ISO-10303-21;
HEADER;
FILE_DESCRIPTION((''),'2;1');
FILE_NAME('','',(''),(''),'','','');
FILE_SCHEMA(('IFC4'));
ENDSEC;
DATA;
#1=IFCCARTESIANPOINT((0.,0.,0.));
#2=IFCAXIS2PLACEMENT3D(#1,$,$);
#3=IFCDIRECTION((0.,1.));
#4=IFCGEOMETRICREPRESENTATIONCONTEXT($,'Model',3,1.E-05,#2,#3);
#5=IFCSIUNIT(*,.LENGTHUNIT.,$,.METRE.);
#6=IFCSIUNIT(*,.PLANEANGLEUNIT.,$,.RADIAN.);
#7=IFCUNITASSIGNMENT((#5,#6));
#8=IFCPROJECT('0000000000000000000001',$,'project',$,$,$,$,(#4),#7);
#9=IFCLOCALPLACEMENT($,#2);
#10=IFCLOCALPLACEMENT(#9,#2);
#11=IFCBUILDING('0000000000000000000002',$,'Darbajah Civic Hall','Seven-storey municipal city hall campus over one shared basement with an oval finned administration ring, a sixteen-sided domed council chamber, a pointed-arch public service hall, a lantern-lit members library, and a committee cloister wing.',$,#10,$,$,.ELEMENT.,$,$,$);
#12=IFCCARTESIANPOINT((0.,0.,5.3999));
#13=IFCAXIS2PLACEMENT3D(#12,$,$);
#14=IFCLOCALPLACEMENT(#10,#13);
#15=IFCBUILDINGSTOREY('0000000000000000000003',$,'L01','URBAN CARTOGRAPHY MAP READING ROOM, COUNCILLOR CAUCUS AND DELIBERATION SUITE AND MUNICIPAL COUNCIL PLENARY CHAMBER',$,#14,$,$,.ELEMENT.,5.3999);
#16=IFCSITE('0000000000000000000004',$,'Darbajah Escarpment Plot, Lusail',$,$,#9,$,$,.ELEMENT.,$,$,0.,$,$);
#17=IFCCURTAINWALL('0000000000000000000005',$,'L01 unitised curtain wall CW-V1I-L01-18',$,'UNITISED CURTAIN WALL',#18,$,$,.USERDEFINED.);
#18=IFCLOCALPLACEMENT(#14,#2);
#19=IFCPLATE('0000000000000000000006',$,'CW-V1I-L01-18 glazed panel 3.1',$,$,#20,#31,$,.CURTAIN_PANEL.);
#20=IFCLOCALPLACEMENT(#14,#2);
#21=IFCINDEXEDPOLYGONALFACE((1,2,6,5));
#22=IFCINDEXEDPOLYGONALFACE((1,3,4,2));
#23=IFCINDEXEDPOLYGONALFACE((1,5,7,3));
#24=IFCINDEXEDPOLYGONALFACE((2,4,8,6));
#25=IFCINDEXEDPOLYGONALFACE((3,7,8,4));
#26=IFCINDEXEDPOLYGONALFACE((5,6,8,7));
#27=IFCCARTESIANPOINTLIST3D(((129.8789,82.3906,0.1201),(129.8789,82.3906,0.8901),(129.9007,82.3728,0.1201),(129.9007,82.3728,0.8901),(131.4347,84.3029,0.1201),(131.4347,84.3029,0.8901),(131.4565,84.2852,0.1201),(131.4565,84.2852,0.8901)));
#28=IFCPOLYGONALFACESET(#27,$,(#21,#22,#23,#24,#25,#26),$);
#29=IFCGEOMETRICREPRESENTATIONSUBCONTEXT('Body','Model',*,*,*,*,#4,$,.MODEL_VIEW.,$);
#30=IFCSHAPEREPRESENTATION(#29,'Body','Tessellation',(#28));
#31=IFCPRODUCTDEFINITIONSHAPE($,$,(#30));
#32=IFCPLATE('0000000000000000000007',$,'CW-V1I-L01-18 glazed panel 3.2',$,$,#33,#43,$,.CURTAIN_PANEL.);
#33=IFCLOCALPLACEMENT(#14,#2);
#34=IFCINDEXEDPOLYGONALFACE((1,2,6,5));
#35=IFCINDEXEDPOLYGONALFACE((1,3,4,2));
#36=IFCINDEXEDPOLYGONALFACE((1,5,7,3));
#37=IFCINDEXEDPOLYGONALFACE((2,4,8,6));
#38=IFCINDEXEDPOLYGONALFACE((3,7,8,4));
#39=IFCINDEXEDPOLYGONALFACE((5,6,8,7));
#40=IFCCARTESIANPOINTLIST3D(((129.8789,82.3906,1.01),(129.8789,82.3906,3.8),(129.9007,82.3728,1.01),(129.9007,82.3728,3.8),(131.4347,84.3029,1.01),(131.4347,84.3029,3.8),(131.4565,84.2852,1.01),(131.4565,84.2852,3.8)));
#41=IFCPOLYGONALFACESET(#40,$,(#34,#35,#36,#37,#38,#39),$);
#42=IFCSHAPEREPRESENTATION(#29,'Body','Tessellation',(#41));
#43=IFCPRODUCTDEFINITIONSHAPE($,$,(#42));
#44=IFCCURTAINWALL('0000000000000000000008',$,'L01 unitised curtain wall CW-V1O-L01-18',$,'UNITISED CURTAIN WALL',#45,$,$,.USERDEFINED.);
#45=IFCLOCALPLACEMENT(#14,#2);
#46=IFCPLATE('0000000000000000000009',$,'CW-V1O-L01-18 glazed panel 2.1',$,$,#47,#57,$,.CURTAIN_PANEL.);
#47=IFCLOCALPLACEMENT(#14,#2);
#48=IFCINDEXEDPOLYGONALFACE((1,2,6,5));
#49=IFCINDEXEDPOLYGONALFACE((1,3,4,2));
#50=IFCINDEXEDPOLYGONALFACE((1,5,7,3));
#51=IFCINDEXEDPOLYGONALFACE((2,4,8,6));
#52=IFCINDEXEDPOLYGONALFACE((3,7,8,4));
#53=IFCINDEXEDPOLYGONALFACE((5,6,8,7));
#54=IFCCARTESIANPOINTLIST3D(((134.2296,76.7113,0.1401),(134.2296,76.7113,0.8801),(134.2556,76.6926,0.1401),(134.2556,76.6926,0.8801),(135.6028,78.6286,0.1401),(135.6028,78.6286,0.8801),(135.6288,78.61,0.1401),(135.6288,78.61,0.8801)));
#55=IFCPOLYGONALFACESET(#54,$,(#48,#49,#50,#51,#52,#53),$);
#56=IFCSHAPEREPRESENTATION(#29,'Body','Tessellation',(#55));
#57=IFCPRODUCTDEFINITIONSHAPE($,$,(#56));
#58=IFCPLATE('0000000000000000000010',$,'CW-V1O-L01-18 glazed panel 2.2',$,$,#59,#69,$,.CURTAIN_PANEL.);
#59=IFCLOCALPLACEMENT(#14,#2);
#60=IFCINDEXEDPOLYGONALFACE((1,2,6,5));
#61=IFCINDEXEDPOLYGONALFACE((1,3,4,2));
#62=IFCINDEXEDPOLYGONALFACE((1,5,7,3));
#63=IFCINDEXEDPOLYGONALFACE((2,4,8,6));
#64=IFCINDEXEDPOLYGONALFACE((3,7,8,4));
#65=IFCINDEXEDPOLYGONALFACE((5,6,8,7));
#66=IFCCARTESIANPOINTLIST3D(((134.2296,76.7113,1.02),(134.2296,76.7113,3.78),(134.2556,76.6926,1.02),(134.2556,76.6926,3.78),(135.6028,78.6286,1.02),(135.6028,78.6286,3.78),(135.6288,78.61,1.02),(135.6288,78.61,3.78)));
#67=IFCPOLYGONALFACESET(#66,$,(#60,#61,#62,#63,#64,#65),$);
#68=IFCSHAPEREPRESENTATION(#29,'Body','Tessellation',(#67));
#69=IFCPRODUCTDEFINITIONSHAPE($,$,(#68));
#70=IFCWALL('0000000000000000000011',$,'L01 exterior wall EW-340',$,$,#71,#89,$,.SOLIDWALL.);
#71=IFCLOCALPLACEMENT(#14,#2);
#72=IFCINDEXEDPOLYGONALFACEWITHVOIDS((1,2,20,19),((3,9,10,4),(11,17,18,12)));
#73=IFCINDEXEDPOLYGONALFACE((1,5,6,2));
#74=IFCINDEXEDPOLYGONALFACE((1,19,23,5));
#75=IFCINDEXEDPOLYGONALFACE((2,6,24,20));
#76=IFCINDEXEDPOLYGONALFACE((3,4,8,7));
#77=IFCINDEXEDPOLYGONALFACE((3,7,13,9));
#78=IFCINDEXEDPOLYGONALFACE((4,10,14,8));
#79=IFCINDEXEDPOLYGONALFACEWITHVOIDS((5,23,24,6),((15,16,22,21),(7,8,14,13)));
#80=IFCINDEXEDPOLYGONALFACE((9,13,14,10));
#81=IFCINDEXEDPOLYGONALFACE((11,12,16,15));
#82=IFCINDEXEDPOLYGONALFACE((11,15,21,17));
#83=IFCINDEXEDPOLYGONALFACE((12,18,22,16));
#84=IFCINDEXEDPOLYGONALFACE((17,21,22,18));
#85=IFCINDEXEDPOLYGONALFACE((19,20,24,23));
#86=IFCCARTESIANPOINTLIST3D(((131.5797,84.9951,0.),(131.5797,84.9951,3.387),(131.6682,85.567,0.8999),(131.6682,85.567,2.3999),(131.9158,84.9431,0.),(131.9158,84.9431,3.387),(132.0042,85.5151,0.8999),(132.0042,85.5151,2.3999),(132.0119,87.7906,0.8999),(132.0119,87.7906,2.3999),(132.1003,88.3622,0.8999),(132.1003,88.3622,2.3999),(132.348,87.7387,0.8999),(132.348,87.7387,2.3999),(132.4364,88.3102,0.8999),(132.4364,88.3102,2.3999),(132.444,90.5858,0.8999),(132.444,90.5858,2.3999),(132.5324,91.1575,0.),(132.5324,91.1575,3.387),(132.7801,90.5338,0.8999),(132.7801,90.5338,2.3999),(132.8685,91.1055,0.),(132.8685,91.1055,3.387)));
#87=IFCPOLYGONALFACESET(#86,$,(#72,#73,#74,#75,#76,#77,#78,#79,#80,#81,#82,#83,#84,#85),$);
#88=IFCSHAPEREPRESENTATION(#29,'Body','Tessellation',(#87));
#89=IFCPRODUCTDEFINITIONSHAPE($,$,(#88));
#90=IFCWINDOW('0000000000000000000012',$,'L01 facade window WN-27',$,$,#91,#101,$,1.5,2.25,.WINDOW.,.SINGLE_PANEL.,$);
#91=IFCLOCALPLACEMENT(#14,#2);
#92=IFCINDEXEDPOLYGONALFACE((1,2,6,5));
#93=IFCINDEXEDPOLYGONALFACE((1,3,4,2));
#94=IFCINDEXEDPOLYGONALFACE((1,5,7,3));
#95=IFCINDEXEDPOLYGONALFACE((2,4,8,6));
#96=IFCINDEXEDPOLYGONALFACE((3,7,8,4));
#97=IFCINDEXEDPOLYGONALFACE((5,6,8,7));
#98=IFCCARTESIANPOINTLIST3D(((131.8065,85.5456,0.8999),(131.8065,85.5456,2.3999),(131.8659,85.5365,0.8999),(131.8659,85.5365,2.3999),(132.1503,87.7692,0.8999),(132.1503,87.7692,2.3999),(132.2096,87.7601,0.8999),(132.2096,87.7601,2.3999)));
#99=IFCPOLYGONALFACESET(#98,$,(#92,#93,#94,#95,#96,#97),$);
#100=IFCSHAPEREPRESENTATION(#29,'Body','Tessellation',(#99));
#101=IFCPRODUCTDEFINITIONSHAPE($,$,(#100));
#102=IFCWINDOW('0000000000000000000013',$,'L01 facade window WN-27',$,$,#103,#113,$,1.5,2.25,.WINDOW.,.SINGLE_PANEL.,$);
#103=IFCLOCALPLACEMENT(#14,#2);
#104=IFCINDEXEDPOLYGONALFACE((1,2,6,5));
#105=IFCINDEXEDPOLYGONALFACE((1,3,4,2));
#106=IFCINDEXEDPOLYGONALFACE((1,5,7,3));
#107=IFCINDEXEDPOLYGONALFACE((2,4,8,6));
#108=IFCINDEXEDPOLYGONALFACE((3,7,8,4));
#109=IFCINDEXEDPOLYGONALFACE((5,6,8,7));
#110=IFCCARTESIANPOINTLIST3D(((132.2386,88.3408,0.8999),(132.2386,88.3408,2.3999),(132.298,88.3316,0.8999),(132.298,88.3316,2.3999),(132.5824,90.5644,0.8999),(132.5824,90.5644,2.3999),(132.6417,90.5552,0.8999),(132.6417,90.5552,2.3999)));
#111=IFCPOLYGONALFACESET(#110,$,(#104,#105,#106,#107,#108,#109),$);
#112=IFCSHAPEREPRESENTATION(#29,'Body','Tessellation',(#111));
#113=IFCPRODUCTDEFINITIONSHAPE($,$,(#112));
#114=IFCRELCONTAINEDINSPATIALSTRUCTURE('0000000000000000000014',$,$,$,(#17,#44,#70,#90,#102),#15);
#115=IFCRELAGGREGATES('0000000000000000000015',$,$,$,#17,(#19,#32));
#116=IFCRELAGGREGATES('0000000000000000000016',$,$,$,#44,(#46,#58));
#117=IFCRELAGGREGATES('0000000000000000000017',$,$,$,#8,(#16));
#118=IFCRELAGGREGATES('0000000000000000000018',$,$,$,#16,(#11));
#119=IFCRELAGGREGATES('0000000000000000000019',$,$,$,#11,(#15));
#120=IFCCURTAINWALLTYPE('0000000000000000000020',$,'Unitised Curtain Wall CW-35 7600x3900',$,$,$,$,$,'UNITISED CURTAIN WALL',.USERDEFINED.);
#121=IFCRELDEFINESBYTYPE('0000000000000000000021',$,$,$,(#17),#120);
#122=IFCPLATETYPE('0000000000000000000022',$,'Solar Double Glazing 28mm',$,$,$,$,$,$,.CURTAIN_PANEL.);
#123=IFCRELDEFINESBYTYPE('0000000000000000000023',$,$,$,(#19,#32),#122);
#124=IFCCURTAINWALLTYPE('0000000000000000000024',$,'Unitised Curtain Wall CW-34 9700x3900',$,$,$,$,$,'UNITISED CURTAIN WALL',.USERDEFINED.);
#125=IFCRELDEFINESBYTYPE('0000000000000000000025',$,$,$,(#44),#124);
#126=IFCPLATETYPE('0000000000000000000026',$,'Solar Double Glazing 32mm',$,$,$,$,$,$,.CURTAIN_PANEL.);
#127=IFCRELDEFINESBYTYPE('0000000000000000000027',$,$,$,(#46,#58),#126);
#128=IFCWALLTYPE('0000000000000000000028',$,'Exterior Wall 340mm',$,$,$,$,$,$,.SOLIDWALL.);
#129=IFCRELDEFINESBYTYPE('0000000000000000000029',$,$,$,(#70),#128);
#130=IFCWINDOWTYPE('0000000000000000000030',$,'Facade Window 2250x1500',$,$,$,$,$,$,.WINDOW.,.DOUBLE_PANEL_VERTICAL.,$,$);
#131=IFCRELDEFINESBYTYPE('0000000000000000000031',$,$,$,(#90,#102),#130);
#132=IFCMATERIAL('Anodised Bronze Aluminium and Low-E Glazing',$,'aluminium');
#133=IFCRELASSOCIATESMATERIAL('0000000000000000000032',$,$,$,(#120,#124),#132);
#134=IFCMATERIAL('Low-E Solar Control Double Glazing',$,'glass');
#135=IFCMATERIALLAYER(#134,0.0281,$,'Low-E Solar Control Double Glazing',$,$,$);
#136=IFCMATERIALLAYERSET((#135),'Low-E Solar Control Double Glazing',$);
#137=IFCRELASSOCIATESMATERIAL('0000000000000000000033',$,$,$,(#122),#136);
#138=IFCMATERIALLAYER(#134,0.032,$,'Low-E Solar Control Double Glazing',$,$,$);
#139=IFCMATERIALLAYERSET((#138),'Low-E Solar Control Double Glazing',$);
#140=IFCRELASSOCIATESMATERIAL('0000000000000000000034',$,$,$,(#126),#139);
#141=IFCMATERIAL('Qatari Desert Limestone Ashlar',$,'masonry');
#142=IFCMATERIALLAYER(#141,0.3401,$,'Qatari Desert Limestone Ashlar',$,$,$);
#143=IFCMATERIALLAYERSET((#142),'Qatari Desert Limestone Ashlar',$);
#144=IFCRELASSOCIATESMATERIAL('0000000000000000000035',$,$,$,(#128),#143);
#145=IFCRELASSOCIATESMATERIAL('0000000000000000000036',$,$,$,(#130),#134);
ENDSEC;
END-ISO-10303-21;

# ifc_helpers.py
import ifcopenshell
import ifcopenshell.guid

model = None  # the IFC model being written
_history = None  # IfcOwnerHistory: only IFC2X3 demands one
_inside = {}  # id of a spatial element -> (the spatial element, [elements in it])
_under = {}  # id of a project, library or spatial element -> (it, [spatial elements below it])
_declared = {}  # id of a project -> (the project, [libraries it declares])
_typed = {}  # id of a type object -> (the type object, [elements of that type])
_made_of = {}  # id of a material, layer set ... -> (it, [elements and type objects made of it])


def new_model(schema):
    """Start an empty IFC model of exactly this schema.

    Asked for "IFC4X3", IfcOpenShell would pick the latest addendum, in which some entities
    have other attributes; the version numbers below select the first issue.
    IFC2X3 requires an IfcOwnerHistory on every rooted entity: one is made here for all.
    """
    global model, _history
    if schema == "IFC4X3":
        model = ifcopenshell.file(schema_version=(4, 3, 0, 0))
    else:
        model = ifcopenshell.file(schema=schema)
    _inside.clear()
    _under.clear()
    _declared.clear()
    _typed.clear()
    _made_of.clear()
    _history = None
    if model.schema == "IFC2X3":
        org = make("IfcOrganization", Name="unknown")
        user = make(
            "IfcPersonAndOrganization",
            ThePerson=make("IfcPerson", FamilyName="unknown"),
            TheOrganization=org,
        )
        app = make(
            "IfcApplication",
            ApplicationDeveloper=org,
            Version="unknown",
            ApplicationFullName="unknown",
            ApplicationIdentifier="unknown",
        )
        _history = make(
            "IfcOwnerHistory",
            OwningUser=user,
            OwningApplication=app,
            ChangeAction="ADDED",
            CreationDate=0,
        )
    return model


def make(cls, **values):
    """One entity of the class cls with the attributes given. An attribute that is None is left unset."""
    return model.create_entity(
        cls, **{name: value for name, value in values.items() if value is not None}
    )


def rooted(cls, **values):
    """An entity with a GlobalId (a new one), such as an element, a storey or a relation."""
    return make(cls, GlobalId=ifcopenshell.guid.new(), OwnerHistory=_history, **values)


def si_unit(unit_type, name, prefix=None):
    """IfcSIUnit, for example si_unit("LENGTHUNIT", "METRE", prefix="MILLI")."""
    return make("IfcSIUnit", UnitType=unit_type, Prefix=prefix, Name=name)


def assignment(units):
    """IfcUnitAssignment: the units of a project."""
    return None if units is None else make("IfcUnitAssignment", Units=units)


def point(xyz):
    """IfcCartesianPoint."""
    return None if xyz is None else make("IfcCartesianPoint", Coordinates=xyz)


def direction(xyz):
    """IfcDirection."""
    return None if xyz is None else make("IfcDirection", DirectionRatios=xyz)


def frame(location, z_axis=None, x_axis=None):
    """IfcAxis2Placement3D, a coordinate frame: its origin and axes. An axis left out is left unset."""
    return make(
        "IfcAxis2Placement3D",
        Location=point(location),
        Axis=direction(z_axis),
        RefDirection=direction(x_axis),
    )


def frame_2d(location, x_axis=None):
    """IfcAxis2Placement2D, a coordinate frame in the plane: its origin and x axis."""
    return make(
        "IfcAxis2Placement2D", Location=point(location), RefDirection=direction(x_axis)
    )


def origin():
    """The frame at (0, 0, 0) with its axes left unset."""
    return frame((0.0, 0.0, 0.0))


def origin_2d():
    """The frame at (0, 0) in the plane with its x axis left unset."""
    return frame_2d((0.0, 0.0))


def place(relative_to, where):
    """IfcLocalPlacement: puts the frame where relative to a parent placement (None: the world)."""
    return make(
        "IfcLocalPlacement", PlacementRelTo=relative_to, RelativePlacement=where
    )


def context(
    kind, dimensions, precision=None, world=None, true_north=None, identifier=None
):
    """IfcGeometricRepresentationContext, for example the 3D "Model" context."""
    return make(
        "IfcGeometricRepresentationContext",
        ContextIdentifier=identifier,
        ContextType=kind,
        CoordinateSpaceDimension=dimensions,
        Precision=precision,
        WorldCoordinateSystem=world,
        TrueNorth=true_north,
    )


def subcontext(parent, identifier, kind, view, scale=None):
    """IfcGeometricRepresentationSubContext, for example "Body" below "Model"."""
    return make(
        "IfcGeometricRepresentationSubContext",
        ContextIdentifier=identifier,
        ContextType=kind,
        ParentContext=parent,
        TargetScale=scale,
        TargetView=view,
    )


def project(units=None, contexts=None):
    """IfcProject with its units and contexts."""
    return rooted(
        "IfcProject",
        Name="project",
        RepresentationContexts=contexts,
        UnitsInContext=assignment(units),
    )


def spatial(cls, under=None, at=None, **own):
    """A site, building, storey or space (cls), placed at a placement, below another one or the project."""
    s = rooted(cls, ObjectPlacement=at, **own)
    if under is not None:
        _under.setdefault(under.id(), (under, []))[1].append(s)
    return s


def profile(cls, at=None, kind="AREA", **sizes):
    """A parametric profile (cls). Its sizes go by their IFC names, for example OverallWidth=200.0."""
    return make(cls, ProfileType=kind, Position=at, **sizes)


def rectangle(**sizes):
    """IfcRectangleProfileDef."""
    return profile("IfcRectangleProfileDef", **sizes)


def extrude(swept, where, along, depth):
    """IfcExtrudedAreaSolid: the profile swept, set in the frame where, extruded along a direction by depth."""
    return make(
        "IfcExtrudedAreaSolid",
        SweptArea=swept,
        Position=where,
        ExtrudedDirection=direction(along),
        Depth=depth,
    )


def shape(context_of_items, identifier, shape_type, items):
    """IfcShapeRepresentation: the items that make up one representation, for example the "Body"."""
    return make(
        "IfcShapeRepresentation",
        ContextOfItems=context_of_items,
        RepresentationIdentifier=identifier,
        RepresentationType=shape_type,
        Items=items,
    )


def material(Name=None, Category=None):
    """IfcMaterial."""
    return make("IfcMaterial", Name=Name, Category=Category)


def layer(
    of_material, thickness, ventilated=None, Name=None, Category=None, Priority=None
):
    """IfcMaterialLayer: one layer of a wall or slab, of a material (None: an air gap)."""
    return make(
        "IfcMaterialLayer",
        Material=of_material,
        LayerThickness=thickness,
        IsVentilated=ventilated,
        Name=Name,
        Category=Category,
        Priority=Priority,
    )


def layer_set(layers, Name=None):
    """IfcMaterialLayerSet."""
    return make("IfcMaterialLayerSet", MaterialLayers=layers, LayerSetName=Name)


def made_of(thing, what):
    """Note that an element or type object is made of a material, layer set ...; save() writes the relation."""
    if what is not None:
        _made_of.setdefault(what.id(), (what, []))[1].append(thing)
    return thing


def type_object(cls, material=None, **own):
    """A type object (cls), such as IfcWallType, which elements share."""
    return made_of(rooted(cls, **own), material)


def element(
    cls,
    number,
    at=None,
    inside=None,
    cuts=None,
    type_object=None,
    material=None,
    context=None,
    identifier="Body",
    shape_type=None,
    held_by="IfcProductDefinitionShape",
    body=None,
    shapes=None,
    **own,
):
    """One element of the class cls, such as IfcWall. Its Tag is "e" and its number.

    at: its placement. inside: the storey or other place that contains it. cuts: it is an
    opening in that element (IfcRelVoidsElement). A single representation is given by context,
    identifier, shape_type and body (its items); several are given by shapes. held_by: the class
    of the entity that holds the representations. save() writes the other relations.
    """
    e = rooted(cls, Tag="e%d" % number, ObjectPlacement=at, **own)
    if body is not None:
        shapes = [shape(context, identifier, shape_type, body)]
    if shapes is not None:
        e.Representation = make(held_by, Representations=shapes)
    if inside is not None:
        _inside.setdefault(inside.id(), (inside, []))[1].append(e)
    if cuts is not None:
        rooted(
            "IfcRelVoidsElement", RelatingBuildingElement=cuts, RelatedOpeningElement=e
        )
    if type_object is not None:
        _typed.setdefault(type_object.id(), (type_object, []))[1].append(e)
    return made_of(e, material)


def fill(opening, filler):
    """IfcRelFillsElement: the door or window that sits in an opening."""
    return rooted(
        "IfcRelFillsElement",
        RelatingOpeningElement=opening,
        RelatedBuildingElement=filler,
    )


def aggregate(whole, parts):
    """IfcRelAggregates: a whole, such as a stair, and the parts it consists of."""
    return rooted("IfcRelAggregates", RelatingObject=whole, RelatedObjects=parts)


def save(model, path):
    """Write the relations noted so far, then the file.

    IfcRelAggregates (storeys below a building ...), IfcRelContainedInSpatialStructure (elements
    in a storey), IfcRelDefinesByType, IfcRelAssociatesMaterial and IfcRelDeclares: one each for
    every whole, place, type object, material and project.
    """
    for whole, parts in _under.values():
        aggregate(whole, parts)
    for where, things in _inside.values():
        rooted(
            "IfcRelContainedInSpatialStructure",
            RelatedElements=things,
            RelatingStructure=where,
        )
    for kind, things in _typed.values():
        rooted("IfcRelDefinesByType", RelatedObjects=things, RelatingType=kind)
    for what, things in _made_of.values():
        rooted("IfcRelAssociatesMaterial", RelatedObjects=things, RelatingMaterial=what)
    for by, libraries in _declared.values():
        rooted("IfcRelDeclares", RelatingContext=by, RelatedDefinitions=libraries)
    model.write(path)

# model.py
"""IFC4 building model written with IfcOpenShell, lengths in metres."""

from ifc_helpers import new_model, si_unit, direction, frame, frame_2d, origin, origin_2d, place, context, subcontext, project, spatial, rectangle, extrude, material, layer, layer_set, type_object, element, fill, aggregate, save


model = new_model("IFC4")

# Units and contexts
model_context = context("Model", 3, precision=1e-05, world=origin(), true_north=direction((0.0, 1.0)))
body_context = subcontext(model_context, "Body", "Model", "MODEL_VIEW")
ifc_project = project(units=[si_unit("LENGTHUNIT", "METRE"), si_unit("PLANEANGLEUNIT", "RADIAN")], contexts=[model_context])

# Site, building, storey
site_placement = place(None, origin())
site = spatial("IfcSite", under=ifc_project, at=site_placement, Name="Darbajah Escarpment Plot, Lusail", CompositionType="ELEMENT", RefElevation=0.0)
building_placement = place(site_placement, origin())
building = spatial("IfcBuilding", under=site, at=building_placement, Name="Darbajah Civic Hall", Description="Seven-storey municipal city hall campus over one shared basement with an oval finned administration ring, a sixteen-sided domed council chamber, a pointed-arch public service hall, a lantern-lit members library, and a committee cloister wing.", CompositionType="ELEMENT")
storey_placement = place(building_placement, frame((0.0, 0.0, 5.3999)))
storey = spatial("IfcBuildingStorey", under=building, at=storey_placement, Name="L01", Description="URBAN CARTOGRAPHY MAP READING ROOM, COUNCILLOR CAUCUS AND DELIBERATION SUITE AND MUNICIPAL COUNCIL PLENARY CHAMBER", CompositionType="ELEMENT", Elevation=5.3999)

# Curtain wall
ifc_material_1 = material(Name="Anodised Bronze Aluminium and Low-E Glazing", Category="aluminium")
curtain_wall_type_1 = type_object("IfcCurtainWallType", Name="Unitised Curtain Wall CW-35 7600x3900", ElementType="UNITISED CURTAIN WALL", PredefinedType="USERDEFINED", material=ifc_material_1)
curtain_wall_1_placement = place(storey_placement, origin())
curtain_wall_1 = element("IfcCurtainWall", 1, at=curtain_wall_1_placement, inside=storey, type_object=curtain_wall_type_1, Name="L01 unitised curtain wall CW-V1I-L01-18", ObjectType="UNITISED CURTAIN WALL", PredefinedType="USERDEFINED")

# Plates
ifc_material_2 = material(Name="Low-E Solar Control Double Glazing", Category="glass")
ifc_layer_1 = layer(ifc_material_2, 0.0281, Name="Low-E Solar Control Double Glazing")
ifc_layer_set_1 = layer_set([ifc_layer_1], Name="Low-E Solar Control Double Glazing")
plate_type_1 = type_object("IfcPlateType", Name="Solar Double Glazing 28mm", PredefinedType="CURTAIN_PANEL", material=ifc_layer_set_1)
plate_1_placement = place(storey_placement, frame((130.6677, 83.3379, 0.1201), z_axis=(0.0, 0.0, 1.0), x_axis=(0.631082, 0.775716, 0.0)))
plate_1 = element("IfcPlate", 2, at=plate_1_placement, type_object=plate_type_1, Name="CW-V1I-L01-18 glazed panel 3.1", PredefinedType="CURTAIN_PANEL", context=body_context, shape_type="SweptSolid", body=[
    extrude(rectangle(XDim=2.4653, YDim=0.0281, at=origin_2d()), origin(), (0.0, 0.0, 1.0), 0.77),
])
plate_2_placement = place(storey_placement, frame((130.6677, 83.3379, 1.01), z_axis=(0.0, 0.0, 1.0), x_axis=(0.631082, 0.775716, 0.0)))
plate_2 = element("IfcPlate", 3, at=plate_2_placement, type_object=plate_type_1, Name="CW-V1I-L01-18 glazed panel 3.2", PredefinedType="CURTAIN_PANEL", context=body_context, shape_type="SweptSolid", body=[
    extrude(rectangle(XDim=2.4653, YDim=0.0281, at=origin_2d()), origin(), (0.0, 0.0, 1.0), 2.79),
])
aggregate(curtain_wall_1, [plate_1, plate_2])

# Curtain wall, plates
curtain_wall_type_2 = type_object("IfcCurtainWallType", Name="Unitised Curtain Wall CW-34 9700x3900", ElementType="UNITISED CURTAIN WALL", PredefinedType="USERDEFINED", material=ifc_material_1)
curtain_wall_2_placement = place(storey_placement, origin())
curtain_wall_2 = element("IfcCurtainWall", 4, at=curtain_wall_2_placement, inside=storey, type_object=curtain_wall_type_2, Name="L01 unitised curtain wall CW-V1O-L01-18", ObjectType="UNITISED CURTAIN WALL", PredefinedType="USERDEFINED")
ifc_layer_2 = layer(ifc_material_2, 0.032, Name="Low-E Solar Control Double Glazing")
ifc_layer_set_2 = layer_set([ifc_layer_2], Name="Low-E Solar Control Double Glazing")
plate_type_2 = type_object("IfcPlateType", Name="Solar Double Glazing 32mm", PredefinedType="CURTAIN_PANEL", material=ifc_layer_set_2)
plate_3_placement = place(storey_placement, frame((134.9292, 77.6606, 0.1401), z_axis=(0.0, 0.0, 1.0), x_axis=(0.582265, 0.812999, 0.0)))
plate_3 = element("IfcPlate", 5, at=plate_3_placement, type_object=plate_type_2, Name="CW-V1O-L01-18 glazed panel 2.1", PredefinedType="CURTAIN_PANEL", context=body_context, shape_type="SweptSolid", body=[
    extrude(rectangle(XDim=2.3584, YDim=0.032, at=origin_2d()), origin(), (0.0, 0.0, 1.0), 0.74),
])
plate_4_placement = place(storey_placement, frame((134.9292, 77.6606, 1.02), z_axis=(0.0, 0.0, 1.0), x_axis=(0.582265, 0.812999, 0.0)))
plate_4 = element("IfcPlate", 6, at=plate_4_placement, type_object=plate_type_2, Name="CW-V1O-L01-18 glazed panel 2.2", PredefinedType="CURTAIN_PANEL", context=body_context, shape_type="SweptSolid", body=[
    extrude(rectangle(XDim=2.3584, YDim=0.032, at=origin_2d()), origin(), (0.0, 0.0, 1.0), 2.76),
])
aggregate(curtain_wall_2, [plate_3, plate_4])

# Wall, openings, windows
ifc_material_3 = material(Name="Qatari Desert Limestone Ashlar", Category="masonry")
ifc_layer_3 = layer(ifc_material_3, 0.3401, Name="Qatari Desert Limestone Ashlar")
ifc_layer_set_3 = layer_set([ifc_layer_3], Name="Qatari Desert Limestone Ashlar")
wall_type_1 = type_object("IfcWallType", Name="Exterior Wall 340mm", PredefinedType="SOLIDWALL", material=ifc_layer_set_3)
wall_1_placement = place(storey_placement, frame((131.7478, 84.9692, 0.0), z_axis=(0.0, 0.0, 1.0), x_axis=(0.152775, 0.988261, 0.0)))
wall_1 = element("IfcWall", 7, at=wall_1_placement, inside=storey, type_object=wall_type_1, Name="L01 exterior wall EW-340", PredefinedType="SOLIDWALL", context=body_context, shape_type="SweptSolid", body=[
    extrude(rectangle(XDim=6.2356, YDim=0.3401, at=frame_2d((3.1177, 0.0))), origin(), (0.0, 0.0, 1.0), 3.387),
])
opening_1_placement = place(wall_1_placement, frame((0.5786, 0.0, 0.8999)))
opening_1 = element("IfcOpeningElement", 8, at=opening_1_placement, cuts=wall_1, PredefinedType="OPENING", context=body_context, shape_type="SweptSolid", body=[
    extrude(rectangle(XDim=2.25, YDim=1.5, at=frame_2d((1.125, 0.75))), frame((0.0, 0.1799, 0.0), z_axis=(0.0, -1.0, 0.0), x_axis=(1.0, 0.0, 0.0)), (0.0, 0.0, 1.0), 0.3601),
])
opening_2_placement = place(wall_1_placement, frame((3.407, 0.0, 0.8999)))
opening_2 = element("IfcOpeningElement", 9, at=opening_2_placement, cuts=wall_1, PredefinedType="OPENING", context=body_context, shape_type="SweptSolid", body=[
    extrude(rectangle(XDim=2.25, YDim=1.5, at=frame_2d((1.125, 0.75))), frame((0.0, 0.1799, 0.0), z_axis=(0.0, -1.0, 0.0), x_axis=(1.0, 0.0, 0.0)), (0.0, 0.0, 1.0), 0.3601),
])
window_type = type_object("IfcWindowType", Name="Facade Window 2250x1500", PartitioningType="DOUBLE_PANEL_VERTICAL", PredefinedType="WINDOW", material=ifc_material_2)
window_1_placement = place(opening_1_placement, origin())
window_1 = element("IfcWindow", 10, at=window_1_placement, inside=storey, type_object=window_type, Name="L01 facade window WN-27", OverallHeight=1.5, OverallWidth=2.25, PartitioningType="SINGLE_PANEL", PredefinedType="WINDOW", context=body_context, shape_type="SweptSolid", body=[
    extrude(rectangle(XDim=2.25, YDim=1.5, at=frame_2d((1.125, 0.75))), frame((0.0, 0.03, 0.0), z_axis=(0.0, -1.0, 0.0), x_axis=(1.0, 0.0, 0.0)), (0.0, 0.0, 1.0), 0.0601),
])
fill(opening_1, window_1)
window_2_placement = place(opening_2_placement, origin())
window_2 = element("IfcWindow", 11, at=window_2_placement, inside=storey, type_object=window_type, Name="L01 facade window WN-27", OverallHeight=1.5, OverallWidth=2.25, PartitioningType="SINGLE_PANEL", PredefinedType="WINDOW", context=body_context, shape_type="SweptSolid", body=[
    extrude(rectangle(XDim=2.25, YDim=1.5, at=frame_2d((1.125, 0.75))), frame((0.0, 0.03, 0.0), z_axis=(0.0, -1.0, 0.0), x_axis=(1.0, 0.0, 0.0)), (0.0, 0.0, 1.0), 0.0601),
])
fill(opening_2, window_2)

save(model, "model.ifc")
